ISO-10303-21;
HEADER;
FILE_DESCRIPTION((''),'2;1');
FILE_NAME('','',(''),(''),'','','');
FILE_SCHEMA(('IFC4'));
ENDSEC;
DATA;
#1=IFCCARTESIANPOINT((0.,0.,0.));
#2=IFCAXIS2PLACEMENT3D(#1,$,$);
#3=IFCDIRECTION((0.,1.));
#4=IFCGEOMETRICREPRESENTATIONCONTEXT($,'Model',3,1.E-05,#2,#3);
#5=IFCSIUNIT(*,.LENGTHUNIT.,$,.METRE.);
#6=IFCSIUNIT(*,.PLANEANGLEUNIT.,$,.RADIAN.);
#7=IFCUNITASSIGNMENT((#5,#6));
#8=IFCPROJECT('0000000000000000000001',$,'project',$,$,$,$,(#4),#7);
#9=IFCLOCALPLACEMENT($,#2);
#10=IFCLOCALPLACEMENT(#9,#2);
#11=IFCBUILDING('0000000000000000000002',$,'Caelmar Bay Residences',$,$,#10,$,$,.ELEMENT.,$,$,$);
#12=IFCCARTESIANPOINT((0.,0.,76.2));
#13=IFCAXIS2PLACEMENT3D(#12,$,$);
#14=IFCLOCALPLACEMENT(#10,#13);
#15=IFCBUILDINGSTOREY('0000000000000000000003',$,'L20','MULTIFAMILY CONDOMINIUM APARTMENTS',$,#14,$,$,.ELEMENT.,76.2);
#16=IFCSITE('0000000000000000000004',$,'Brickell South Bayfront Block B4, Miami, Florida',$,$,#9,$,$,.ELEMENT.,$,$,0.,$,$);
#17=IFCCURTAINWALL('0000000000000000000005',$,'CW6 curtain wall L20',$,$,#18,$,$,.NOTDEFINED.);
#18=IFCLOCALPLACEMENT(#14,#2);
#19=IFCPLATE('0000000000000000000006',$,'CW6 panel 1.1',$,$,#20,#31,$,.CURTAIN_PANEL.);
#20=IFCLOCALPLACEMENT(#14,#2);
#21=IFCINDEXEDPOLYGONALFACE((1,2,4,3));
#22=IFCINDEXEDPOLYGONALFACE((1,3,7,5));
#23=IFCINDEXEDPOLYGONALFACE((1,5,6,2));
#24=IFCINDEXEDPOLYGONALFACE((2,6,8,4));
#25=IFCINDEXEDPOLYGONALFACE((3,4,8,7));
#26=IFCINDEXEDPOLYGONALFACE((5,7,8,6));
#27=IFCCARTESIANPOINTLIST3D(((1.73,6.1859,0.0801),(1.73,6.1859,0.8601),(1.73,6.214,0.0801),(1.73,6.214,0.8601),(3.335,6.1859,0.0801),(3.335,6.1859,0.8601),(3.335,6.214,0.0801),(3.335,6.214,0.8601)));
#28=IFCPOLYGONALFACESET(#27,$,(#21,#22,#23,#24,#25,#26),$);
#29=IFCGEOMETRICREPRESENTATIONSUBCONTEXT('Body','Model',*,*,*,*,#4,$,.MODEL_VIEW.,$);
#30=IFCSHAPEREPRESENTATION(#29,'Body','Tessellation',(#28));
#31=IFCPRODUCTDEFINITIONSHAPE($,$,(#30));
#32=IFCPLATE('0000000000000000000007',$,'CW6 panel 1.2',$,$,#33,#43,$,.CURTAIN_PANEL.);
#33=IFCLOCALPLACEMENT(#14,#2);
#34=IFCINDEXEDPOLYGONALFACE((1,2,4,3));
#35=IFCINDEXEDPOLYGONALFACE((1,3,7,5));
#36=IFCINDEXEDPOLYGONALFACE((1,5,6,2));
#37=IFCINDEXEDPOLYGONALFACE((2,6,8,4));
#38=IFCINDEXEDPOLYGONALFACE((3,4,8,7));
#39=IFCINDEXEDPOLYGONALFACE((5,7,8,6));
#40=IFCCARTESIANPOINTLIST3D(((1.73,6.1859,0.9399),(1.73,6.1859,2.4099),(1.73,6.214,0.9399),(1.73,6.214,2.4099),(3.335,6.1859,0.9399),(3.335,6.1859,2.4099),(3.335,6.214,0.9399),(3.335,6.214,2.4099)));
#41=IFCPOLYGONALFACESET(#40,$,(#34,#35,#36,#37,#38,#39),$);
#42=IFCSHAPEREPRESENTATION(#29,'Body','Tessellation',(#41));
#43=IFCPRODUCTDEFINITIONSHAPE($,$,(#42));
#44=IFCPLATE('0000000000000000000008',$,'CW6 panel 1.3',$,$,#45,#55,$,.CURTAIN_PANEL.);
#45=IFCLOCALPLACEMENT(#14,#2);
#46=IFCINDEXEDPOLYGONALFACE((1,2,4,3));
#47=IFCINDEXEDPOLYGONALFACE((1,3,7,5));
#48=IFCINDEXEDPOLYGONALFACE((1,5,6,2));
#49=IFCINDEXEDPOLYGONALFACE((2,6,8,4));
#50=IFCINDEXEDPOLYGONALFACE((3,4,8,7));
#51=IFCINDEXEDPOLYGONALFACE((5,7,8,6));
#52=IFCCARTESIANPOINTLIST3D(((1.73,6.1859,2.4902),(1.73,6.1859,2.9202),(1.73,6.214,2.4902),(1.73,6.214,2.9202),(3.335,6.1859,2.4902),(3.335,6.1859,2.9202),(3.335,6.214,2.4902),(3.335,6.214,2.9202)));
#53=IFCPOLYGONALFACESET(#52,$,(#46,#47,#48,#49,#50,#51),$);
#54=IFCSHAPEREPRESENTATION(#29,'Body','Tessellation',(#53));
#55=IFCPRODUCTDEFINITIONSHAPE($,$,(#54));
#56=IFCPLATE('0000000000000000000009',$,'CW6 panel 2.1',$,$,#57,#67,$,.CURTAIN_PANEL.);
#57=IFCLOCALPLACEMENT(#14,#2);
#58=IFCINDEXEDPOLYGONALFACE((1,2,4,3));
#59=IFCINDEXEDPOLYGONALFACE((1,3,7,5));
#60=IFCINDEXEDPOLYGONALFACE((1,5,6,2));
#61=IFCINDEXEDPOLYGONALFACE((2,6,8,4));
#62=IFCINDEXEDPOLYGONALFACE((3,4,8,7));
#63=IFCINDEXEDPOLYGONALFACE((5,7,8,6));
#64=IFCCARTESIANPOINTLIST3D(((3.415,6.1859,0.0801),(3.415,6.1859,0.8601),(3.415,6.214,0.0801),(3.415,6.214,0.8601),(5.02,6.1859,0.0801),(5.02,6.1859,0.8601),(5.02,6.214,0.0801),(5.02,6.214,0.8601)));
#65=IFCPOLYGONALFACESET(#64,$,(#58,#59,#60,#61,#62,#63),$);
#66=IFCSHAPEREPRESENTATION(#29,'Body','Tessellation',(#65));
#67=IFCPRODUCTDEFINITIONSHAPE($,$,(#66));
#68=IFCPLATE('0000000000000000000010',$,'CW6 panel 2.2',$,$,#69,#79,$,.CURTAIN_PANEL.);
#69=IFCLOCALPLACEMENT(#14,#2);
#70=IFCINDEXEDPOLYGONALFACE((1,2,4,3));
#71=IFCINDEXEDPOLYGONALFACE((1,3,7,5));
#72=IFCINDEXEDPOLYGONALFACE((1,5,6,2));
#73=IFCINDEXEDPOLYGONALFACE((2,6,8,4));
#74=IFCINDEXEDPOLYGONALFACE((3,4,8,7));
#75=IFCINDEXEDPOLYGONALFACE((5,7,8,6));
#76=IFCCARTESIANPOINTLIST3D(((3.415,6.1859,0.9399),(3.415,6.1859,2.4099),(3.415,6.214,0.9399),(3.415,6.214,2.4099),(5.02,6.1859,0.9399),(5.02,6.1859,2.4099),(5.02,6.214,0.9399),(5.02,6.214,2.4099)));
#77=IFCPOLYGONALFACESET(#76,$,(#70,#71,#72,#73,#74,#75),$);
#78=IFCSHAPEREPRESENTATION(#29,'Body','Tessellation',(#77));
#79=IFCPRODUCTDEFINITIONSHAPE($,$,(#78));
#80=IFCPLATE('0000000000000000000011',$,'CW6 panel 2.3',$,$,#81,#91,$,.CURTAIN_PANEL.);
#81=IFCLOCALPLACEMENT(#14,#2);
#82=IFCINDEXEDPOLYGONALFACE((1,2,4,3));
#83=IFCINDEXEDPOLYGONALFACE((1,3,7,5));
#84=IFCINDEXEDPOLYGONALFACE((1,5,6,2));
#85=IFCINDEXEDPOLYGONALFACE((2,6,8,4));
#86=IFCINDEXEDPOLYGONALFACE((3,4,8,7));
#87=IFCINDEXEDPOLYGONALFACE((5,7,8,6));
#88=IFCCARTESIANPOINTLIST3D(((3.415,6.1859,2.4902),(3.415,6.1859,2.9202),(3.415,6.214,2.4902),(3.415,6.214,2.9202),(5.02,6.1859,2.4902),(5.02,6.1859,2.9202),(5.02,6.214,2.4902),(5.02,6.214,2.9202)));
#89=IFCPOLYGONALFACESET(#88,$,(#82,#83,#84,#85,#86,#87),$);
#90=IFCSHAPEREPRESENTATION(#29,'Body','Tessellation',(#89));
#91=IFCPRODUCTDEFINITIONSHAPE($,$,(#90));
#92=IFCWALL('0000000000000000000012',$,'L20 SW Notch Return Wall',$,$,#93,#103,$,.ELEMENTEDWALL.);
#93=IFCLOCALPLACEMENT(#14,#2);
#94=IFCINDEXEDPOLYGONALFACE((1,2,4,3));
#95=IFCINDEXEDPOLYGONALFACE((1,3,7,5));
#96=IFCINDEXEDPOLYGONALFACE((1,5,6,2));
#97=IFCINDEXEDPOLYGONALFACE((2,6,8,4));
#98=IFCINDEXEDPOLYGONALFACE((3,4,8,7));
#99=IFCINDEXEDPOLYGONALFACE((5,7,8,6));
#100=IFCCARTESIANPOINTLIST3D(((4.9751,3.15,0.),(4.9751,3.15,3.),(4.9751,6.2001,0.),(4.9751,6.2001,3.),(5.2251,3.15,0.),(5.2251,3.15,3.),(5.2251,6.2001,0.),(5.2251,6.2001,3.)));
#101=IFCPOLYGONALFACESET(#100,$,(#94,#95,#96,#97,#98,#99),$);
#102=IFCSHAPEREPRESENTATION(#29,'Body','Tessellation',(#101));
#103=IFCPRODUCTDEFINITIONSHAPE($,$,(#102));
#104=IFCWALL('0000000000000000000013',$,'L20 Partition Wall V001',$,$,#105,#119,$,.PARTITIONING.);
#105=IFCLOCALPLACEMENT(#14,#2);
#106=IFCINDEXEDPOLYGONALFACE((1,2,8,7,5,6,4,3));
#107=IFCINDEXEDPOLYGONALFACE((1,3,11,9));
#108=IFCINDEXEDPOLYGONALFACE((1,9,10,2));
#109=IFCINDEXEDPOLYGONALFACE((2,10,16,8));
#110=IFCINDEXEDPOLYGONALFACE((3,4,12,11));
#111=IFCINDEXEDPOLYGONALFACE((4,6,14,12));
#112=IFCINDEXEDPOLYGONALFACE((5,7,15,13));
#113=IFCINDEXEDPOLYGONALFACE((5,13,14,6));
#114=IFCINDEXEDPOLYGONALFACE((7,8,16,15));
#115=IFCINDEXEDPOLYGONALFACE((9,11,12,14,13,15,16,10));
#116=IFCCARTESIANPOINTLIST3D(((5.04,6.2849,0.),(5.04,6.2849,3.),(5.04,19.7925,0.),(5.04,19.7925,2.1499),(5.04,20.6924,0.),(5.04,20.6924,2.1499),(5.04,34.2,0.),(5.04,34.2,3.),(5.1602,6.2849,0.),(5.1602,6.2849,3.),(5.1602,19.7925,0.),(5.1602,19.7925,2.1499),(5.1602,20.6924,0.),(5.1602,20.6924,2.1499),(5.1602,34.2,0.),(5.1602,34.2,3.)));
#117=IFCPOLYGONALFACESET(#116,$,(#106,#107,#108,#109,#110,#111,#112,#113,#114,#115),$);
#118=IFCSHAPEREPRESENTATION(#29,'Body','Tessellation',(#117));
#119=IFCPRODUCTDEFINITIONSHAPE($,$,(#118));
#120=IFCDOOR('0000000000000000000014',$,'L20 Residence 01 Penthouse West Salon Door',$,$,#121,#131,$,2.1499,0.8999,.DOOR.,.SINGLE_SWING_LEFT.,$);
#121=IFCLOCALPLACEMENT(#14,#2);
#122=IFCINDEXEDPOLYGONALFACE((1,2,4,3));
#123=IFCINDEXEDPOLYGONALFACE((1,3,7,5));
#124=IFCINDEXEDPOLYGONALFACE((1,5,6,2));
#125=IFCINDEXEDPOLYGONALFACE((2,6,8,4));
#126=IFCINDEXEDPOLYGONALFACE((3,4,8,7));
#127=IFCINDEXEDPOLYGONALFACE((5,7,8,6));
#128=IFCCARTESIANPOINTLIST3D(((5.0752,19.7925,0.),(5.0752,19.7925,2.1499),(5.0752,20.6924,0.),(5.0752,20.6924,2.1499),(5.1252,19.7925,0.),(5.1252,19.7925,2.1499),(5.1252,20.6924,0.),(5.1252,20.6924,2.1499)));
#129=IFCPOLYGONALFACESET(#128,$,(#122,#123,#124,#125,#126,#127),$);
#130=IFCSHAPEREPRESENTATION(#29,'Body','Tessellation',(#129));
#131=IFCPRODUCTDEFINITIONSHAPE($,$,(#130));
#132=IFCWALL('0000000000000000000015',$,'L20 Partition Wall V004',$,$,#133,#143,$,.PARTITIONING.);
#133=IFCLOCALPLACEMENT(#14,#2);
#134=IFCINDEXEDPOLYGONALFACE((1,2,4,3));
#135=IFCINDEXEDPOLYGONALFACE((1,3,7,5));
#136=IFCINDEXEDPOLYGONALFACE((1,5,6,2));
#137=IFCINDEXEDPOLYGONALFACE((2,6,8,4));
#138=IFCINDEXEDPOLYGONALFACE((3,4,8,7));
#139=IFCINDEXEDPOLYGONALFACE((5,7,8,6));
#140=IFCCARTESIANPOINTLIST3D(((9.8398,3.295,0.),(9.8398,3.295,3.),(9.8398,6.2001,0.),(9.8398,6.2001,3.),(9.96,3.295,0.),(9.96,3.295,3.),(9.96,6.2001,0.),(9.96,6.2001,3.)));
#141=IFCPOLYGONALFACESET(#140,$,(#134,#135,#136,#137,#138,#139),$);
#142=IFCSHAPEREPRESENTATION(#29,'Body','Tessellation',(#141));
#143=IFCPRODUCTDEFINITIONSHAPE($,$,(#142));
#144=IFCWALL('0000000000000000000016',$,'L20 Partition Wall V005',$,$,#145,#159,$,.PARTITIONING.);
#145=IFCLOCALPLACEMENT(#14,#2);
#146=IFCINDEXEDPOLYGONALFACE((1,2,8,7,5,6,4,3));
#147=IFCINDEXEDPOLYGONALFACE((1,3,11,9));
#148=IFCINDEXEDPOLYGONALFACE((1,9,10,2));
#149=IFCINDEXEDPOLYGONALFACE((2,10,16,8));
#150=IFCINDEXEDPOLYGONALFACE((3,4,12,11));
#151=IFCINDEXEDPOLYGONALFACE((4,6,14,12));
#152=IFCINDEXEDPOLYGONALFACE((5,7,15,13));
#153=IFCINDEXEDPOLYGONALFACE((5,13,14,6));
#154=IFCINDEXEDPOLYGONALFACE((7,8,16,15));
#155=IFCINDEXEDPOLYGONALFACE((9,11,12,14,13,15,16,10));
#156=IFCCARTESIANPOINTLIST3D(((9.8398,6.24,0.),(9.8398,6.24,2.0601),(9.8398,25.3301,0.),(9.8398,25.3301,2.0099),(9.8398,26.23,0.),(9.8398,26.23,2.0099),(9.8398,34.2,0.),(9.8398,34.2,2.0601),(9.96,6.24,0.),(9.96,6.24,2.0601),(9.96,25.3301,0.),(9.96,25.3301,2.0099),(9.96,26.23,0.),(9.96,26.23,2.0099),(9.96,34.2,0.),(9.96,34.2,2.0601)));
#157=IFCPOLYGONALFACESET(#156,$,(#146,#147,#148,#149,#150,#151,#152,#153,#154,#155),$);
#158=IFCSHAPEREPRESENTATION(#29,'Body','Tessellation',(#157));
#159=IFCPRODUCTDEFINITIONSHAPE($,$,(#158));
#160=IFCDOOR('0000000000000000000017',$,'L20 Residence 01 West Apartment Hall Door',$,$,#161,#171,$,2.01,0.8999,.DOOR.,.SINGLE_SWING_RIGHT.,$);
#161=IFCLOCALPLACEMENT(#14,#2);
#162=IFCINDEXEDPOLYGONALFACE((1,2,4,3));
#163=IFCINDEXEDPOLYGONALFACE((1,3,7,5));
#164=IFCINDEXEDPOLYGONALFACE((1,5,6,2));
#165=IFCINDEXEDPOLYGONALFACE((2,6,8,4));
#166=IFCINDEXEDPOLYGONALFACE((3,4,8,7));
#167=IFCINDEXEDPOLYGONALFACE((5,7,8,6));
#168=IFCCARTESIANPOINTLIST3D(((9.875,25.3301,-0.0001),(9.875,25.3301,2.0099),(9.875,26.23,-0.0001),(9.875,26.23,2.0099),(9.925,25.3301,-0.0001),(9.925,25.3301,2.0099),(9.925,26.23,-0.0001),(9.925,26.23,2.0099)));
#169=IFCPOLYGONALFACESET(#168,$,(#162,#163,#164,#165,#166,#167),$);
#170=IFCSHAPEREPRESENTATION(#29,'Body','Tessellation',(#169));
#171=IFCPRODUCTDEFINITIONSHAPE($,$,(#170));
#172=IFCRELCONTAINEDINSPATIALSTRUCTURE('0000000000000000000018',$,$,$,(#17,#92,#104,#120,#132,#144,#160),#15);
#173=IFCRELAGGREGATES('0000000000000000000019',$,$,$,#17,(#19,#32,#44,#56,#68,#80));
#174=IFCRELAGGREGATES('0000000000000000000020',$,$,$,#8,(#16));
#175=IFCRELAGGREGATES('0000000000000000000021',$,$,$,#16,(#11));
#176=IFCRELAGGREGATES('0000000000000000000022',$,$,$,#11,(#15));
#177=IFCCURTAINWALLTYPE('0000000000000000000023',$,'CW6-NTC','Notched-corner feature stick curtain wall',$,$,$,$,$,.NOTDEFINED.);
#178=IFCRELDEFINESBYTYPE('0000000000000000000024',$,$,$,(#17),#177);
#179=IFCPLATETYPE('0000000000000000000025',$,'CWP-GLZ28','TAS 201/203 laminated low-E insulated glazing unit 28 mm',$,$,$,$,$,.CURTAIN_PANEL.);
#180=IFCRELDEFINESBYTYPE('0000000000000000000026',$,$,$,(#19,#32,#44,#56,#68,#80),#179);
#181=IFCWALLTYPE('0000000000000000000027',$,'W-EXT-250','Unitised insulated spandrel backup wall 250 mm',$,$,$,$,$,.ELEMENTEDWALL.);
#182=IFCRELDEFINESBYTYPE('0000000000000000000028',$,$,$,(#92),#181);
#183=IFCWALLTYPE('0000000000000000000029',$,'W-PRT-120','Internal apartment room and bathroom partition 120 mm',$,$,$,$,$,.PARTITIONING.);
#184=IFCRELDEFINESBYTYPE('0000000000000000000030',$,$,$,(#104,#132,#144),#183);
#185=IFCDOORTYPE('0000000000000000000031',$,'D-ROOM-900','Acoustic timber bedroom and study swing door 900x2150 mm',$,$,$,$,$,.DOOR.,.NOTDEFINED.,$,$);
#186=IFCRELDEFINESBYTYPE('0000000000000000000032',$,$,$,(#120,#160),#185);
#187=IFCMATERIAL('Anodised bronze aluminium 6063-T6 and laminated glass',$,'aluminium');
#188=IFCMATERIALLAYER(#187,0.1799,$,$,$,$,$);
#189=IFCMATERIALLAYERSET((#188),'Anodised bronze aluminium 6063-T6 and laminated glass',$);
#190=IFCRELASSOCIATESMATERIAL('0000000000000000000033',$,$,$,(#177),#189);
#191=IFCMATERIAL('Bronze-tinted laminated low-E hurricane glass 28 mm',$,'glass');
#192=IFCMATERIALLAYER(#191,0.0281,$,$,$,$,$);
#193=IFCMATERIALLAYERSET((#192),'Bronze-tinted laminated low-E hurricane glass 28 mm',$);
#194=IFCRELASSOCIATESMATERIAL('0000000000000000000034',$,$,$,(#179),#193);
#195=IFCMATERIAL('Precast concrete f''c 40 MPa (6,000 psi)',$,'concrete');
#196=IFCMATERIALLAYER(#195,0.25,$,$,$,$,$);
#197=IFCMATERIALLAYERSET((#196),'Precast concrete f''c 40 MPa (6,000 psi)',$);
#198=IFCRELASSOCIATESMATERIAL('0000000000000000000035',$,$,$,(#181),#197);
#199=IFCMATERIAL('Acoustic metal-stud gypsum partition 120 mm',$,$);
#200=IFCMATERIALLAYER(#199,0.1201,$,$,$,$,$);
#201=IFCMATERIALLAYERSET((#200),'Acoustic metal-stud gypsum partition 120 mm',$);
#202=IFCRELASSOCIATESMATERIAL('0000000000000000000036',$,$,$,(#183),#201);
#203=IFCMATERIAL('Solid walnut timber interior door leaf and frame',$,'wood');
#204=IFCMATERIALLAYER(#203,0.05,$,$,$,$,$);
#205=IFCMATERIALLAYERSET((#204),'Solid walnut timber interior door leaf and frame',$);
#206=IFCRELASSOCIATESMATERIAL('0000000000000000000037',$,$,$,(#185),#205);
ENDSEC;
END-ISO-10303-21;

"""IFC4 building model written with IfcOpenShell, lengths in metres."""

from ifc_helpers import new_model, si_unit, direction, frame, frame_2d, origin, origin_2d, place, context, subcontext, project, spatial, rectangle, extrude, material, layer, layer_set, type_object, element, fill, aggregate, save


model = new_model("IFC4")

# Units and contexts
model_context = context("Model", 3, precision=1e-05, world=origin(), true_north=direction((0.0, 1.0)))
body_context = subcontext(model_context, "Body", "Model", "MODEL_VIEW")
ifc_project = project(units=[si_unit("LENGTHUNIT", "METRE"), si_unit("PLANEANGLEUNIT", "RADIAN")], contexts=[model_context])

# Site, building, storey
site_placement = place(None, origin())
site = spatial("IfcSite", under=ifc_project, at=site_placement, Name="Brickell South Bayfront Block B4, Miami, Florida", CompositionType="ELEMENT", RefElevation=0.0)
building_placement = place(site_placement, origin())
building = spatial("IfcBuilding", under=site, at=building_placement, Name="Caelmar Bay Residences", CompositionType="ELEMENT")
storey_placement = place(building_placement, frame((0.0, 0.0, 76.2)))
storey = spatial("IfcBuildingStorey", under=building, at=storey_placement, Name="L20", Description="MULTIFAMILY CONDOMINIUM APARTMENTS", CompositionType="ELEMENT", Elevation=76.2)

# Curtain wall, plates
ifc_material_1 = material(Name="Anodised bronze aluminium 6063-T6 and laminated glass", Category="aluminium")
ifc_layer_1 = layer(ifc_material_1, 0.1799)
ifc_layer_set_1 = layer_set([ifc_layer_1], Name="Anodised bronze aluminium 6063-T6 and laminated glass")
curtain_wall_type = type_object("IfcCurtainWallType", Name="CW6-NTC", Description="Notched-corner feature stick curtain wall", PredefinedType="NOTDEFINED", material=ifc_layer_set_1)
curtain_wall_placement = place(storey_placement, origin())
curtain_wall = element("IfcCurtainWall", 1, at=curtain_wall_placement, inside=storey, type_object=curtain_wall_type, Name="CW6 curtain wall L20", PredefinedType="NOTDEFINED")
ifc_material_2 = material(Name="Bronze-tinted laminated low-E hurricane glass 28 mm", Category="glass")
ifc_layer_2 = layer(ifc_material_2, 0.0281)
ifc_layer_set_2 = layer_set([ifc_layer_2], Name="Bronze-tinted laminated low-E hurricane glass 28 mm")
plate_type = type_object("IfcPlateType", Name="CWP-GLZ28", Description="TAS 201/203 laminated low-E insulated glazing unit 28 mm", PredefinedType="CURTAIN_PANEL", material=ifc_layer_set_2)
plate_1_placement = place(storey_placement, frame((2.5325, 6.2, 0.0801), z_axis=(0.0, 0.0, 1.0), x_axis=(1.0, 0.0, 0.0)))
plate_1 = element("IfcPlate", 2, at=plate_1_placement, type_object=plate_type, Name="CW6 panel 1.1", PredefinedType="CURTAIN_PANEL", context=body_context, shape_type="SweptSolid", body=[
    extrude(rectangle(XDim=1.605, YDim=0.0281, at=origin_2d()), origin(), (0.0, 0.0, 1.0), 0.78),
])
plate_2_placement = place(storey_placement, frame((2.5325, 6.2, 0.9399), z_axis=(0.0, 0.0, 1.0), x_axis=(1.0, 0.0, 0.0)))
plate_2 = element("IfcPlate", 3, at=plate_2_placement, type_object=plate_type, Name="CW6 panel 1.2", PredefinedType="CURTAIN_PANEL", context=body_context, shape_type="SweptSolid", body=[
    extrude(rectangle(XDim=1.605, YDim=0.0281, at=origin_2d()), origin(), (0.0, 0.0, 1.0), 1.47),
])
plate_3_placement = place(storey_placement, frame((2.5325, 6.2, 2.4902), z_axis=(0.0, 0.0, 1.0), x_axis=(1.0, 0.0, 0.0)))
plate_3 = element("IfcPlate", 4, at=plate_3_placement, type_object=plate_type, Name="CW6 panel 1.3", PredefinedType="CURTAIN_PANEL", context=body_context, shape_type="SweptSolid", body=[
    extrude(rectangle(XDim=1.605, YDim=0.0281, at=origin_2d()), origin(), (0.0, 0.0, 1.0), 0.4299),
])
plate_4_placement = place(storey_placement, frame((4.2175, 6.2, 0.0801), z_axis=(0.0, 0.0, 1.0), x_axis=(1.0, 0.0, 0.0)))
plate_4 = element("IfcPlate", 5, at=plate_4_placement, type_object=plate_type, Name="CW6 panel 2.1", PredefinedType="CURTAIN_PANEL", context=body_context, shape_type="SweptSolid", body=[
    extrude(rectangle(XDim=1.605, YDim=0.0281, at=origin_2d()), origin(), (0.0, 0.0, 1.0), 0.78),
])
plate_5_placement = place(storey_placement, frame((4.2175, 6.2, 0.9399), z_axis=(0.0, 0.0, 1.0), x_axis=(1.0, 0.0, 0.0)))
plate_5 = element("IfcPlate", 6, at=plate_5_placement, type_object=plate_type, Name="CW6 panel 2.2", PredefinedType="CURTAIN_PANEL", context=body_context, shape_type="SweptSolid", body=[
    extrude(rectangle(XDim=1.605, YDim=0.0281, at=origin_2d()), origin(), (0.0, 0.0, 1.0), 1.47),
])
plate_6_placement = place(storey_placement, frame((4.2175, 6.2, 2.4902), z_axis=(0.0, 0.0, 1.0), x_axis=(1.0, 0.0, 0.0)))
plate_6 = element("IfcPlate", 7, at=plate_6_placement, type_object=plate_type, Name="CW6 panel 2.3", PredefinedType="CURTAIN_PANEL", context=body_context, shape_type="SweptSolid", body=[
    extrude(rectangle(XDim=1.605, YDim=0.0281, at=origin_2d()), origin(), (0.0, 0.0, 1.0), 0.4299),
])
aggregate(curtain_wall, [plate_1, plate_2, plate_3, plate_4, plate_5, plate_6])

# Wall
ifc_material_3 = material(Name="Precast concrete f'c 40 MPa (6,000 psi)", Category="concrete")
ifc_layer_3 = layer(ifc_material_3, 0.25)
ifc_layer_set_3 = layer_set([ifc_layer_3], Name="Precast concrete f'c 40 MPa (6,000 psi)")
wall_type_1 = type_object("IfcWallType", Name="W-EXT-250", Description="Unitised insulated spandrel backup wall 250 mm", PredefinedType="ELEMENTEDWALL", material=ifc_layer_set_3)
wall_1_placement = place(storey_placement, frame((5.1001, 6.2, 0.0), z_axis=(0.0, 0.0, 1.0), x_axis=(0.0, -1.0, 0.0)))
element("IfcWall", 8, at=wall_1_placement, inside=storey, type_object=wall_type_1, Name="L20 SW Notch Return Wall", PredefinedType="ELEMENTEDWALL", context=body_context, shape_type="SweptSolid", body=[
    extrude(rectangle(XDim=3.05, YDim=0.25, at=frame_2d((1.5249, 0.0))), origin(), (0.0, 0.0, 1.0), 3.0),
])

# Wall, opening, door
ifc_material_4 = material(Name="Acoustic metal-stud gypsum partition 120 mm")
ifc_layer_4 = layer(ifc_material_4, 0.1201)
ifc_layer_set_4 = layer_set([ifc_layer_4], Name="Acoustic metal-stud gypsum partition 120 mm")
wall_type_2 = type_object("IfcWallType", Name="W-PRT-120", Description="Internal apartment room and bathroom partition 120 mm", PredefinedType="PARTITIONING", material=ifc_layer_set_4)
wall_2_placement = place(storey_placement, frame((5.1001, 6.2849, 0.0), z_axis=(0.0, 0.0, 1.0), x_axis=(0.0, 1.0, 0.0)))
wall_2 = element("IfcWall", 9, at=wall_2_placement, inside=storey, type_object=wall_type_2, Name="L20 Partition Wall V001", PredefinedType="PARTITIONING", context=body_context, shape_type="SweptSolid", body=[
    extrude(rectangle(XDim=27.915, YDim=0.1201, at=frame_2d((13.9575, 0.0))), origin(), (0.0, 0.0, 1.0), 3.0),
])
opening_1_placement = place(wall_2_placement, frame((13.5076, 0.0, 0.0)))
opening_1 = element("IfcOpeningElement", 10, at=opening_1_placement, cuts=wall_2, PredefinedType="OPENING", context=body_context, shape_type="SweptSolid", body=[
    extrude(rectangle(XDim=0.8999, YDim=2.1499, at=frame_2d((0.45, 1.075))), frame((0.0, 0.0701, 0.0), z_axis=(0.0, -1.0, 0.0), x_axis=(1.0, 0.0, 0.0)), (0.0, 0.0, 1.0), 0.1401),
])
ifc_material_5 = material(Name="Solid walnut timber interior door leaf and frame", Category="wood")
ifc_layer_5 = layer(ifc_material_5, 0.05)
ifc_layer_set_5 = layer_set([ifc_layer_5], Name="Solid walnut timber interior door leaf and frame")
door_type = type_object("IfcDoorType", Name="D-ROOM-900", Description="Acoustic timber bedroom and study swing door 900x2150 mm", OperationType="NOTDEFINED", PredefinedType="DOOR", material=ifc_layer_set_5)
door_1_placement = place(opening_1_placement, origin())
door_1 = element("IfcDoor", 11, at=door_1_placement, inside=storey, type_object=door_type, Name="L20 Residence 01 Penthouse West Salon Door", OperationType="SINGLE_SWING_LEFT", OverallHeight=2.1499, OverallWidth=0.8999, PredefinedType="DOOR", context=body_context, shape_type="SweptSolid", body=[
    extrude(rectangle(XDim=0.8999, YDim=2.1499, at=frame_2d((0.45, 1.075))), frame((0.0, 0.0249, 0.0), z_axis=(0.0, -1.0, 0.0), x_axis=(1.0, 0.0, 0.0)), (0.0, 0.0, 1.0), 0.05),
])
fill(opening_1, door_1)

# Wall
wall_3_placement = place(storey_placement, frame((9.8999, 3.2949, 0.0), z_axis=(0.0, 0.0, 1.0), x_axis=(0.0, 1.0, 0.0)))
element("IfcWall", 12, at=wall_3_placement, inside=storey, type_object=wall_type_2, Name="L20 Partition Wall V004", PredefinedType="PARTITIONING", context=body_context, shape_type="SweptSolid", body=[
    extrude(rectangle(XDim=2.905, YDim=0.1201, at=frame_2d((1.4526, 0.0))), origin(), (0.0, 0.0, 1.0), 3.0),
])

# Wall, opening, door
wall_4_placement = place(storey_placement, frame((9.8999, 6.24, 0.0), z_axis=(0.0, 0.0, 1.0), x_axis=(0.0, 1.0, 0.0)))
wall_4 = element("IfcWall", 13, at=wall_4_placement, inside=storey, type_object=wall_type_2, Name="L20 Partition Wall V005", PredefinedType="PARTITIONING", context=body_context, shape_type="SweptSolid", body=[
    extrude(rectangle(XDim=27.96, YDim=0.1201, at=frame_2d((13.98, 0.0))), origin(), (0.0, 0.0, 1.0), 2.0601),
])
opening_2_placement = place(wall_4_placement, frame((19.0901, 0.0, 0.0)))
opening_2 = element("IfcOpeningElement", 14, at=opening_2_placement, cuts=wall_4, PredefinedType="OPENING", context=body_context, shape_type="SweptSolid", body=[
    extrude(rectangle(XDim=0.8999, YDim=2.01, at=frame_2d((0.45, 1.0049))), frame((0.0, 0.0701, 0.0), z_axis=(0.0, -1.0, 0.0), x_axis=(1.0, 0.0, 0.0)), (0.0, 0.0, 1.0), 0.1401),
])
door_2_placement = place(opening_2_placement, origin())
door_2 = element("IfcDoor", 15, at=door_2_placement, inside=storey, type_object=door_type, Name="L20 Residence 01 West Apartment Hall Door", OperationType="SINGLE_SWING_RIGHT", OverallHeight=2.01, OverallWidth=0.8999, PredefinedType="DOOR", context=body_context, shape_type="SweptSolid", body=[
    extrude(rectangle(XDim=0.8999, YDim=2.01, at=frame_2d((0.45, 1.0049))), frame((0.0, 0.0249, 0.0), z_axis=(0.0, -1.0, 0.0), x_axis=(1.0, 0.0, 0.0)), (0.0, 0.0, 1.0), 0.05),
])
fill(opening_2, door_2)

save(model, "model.ifc")
